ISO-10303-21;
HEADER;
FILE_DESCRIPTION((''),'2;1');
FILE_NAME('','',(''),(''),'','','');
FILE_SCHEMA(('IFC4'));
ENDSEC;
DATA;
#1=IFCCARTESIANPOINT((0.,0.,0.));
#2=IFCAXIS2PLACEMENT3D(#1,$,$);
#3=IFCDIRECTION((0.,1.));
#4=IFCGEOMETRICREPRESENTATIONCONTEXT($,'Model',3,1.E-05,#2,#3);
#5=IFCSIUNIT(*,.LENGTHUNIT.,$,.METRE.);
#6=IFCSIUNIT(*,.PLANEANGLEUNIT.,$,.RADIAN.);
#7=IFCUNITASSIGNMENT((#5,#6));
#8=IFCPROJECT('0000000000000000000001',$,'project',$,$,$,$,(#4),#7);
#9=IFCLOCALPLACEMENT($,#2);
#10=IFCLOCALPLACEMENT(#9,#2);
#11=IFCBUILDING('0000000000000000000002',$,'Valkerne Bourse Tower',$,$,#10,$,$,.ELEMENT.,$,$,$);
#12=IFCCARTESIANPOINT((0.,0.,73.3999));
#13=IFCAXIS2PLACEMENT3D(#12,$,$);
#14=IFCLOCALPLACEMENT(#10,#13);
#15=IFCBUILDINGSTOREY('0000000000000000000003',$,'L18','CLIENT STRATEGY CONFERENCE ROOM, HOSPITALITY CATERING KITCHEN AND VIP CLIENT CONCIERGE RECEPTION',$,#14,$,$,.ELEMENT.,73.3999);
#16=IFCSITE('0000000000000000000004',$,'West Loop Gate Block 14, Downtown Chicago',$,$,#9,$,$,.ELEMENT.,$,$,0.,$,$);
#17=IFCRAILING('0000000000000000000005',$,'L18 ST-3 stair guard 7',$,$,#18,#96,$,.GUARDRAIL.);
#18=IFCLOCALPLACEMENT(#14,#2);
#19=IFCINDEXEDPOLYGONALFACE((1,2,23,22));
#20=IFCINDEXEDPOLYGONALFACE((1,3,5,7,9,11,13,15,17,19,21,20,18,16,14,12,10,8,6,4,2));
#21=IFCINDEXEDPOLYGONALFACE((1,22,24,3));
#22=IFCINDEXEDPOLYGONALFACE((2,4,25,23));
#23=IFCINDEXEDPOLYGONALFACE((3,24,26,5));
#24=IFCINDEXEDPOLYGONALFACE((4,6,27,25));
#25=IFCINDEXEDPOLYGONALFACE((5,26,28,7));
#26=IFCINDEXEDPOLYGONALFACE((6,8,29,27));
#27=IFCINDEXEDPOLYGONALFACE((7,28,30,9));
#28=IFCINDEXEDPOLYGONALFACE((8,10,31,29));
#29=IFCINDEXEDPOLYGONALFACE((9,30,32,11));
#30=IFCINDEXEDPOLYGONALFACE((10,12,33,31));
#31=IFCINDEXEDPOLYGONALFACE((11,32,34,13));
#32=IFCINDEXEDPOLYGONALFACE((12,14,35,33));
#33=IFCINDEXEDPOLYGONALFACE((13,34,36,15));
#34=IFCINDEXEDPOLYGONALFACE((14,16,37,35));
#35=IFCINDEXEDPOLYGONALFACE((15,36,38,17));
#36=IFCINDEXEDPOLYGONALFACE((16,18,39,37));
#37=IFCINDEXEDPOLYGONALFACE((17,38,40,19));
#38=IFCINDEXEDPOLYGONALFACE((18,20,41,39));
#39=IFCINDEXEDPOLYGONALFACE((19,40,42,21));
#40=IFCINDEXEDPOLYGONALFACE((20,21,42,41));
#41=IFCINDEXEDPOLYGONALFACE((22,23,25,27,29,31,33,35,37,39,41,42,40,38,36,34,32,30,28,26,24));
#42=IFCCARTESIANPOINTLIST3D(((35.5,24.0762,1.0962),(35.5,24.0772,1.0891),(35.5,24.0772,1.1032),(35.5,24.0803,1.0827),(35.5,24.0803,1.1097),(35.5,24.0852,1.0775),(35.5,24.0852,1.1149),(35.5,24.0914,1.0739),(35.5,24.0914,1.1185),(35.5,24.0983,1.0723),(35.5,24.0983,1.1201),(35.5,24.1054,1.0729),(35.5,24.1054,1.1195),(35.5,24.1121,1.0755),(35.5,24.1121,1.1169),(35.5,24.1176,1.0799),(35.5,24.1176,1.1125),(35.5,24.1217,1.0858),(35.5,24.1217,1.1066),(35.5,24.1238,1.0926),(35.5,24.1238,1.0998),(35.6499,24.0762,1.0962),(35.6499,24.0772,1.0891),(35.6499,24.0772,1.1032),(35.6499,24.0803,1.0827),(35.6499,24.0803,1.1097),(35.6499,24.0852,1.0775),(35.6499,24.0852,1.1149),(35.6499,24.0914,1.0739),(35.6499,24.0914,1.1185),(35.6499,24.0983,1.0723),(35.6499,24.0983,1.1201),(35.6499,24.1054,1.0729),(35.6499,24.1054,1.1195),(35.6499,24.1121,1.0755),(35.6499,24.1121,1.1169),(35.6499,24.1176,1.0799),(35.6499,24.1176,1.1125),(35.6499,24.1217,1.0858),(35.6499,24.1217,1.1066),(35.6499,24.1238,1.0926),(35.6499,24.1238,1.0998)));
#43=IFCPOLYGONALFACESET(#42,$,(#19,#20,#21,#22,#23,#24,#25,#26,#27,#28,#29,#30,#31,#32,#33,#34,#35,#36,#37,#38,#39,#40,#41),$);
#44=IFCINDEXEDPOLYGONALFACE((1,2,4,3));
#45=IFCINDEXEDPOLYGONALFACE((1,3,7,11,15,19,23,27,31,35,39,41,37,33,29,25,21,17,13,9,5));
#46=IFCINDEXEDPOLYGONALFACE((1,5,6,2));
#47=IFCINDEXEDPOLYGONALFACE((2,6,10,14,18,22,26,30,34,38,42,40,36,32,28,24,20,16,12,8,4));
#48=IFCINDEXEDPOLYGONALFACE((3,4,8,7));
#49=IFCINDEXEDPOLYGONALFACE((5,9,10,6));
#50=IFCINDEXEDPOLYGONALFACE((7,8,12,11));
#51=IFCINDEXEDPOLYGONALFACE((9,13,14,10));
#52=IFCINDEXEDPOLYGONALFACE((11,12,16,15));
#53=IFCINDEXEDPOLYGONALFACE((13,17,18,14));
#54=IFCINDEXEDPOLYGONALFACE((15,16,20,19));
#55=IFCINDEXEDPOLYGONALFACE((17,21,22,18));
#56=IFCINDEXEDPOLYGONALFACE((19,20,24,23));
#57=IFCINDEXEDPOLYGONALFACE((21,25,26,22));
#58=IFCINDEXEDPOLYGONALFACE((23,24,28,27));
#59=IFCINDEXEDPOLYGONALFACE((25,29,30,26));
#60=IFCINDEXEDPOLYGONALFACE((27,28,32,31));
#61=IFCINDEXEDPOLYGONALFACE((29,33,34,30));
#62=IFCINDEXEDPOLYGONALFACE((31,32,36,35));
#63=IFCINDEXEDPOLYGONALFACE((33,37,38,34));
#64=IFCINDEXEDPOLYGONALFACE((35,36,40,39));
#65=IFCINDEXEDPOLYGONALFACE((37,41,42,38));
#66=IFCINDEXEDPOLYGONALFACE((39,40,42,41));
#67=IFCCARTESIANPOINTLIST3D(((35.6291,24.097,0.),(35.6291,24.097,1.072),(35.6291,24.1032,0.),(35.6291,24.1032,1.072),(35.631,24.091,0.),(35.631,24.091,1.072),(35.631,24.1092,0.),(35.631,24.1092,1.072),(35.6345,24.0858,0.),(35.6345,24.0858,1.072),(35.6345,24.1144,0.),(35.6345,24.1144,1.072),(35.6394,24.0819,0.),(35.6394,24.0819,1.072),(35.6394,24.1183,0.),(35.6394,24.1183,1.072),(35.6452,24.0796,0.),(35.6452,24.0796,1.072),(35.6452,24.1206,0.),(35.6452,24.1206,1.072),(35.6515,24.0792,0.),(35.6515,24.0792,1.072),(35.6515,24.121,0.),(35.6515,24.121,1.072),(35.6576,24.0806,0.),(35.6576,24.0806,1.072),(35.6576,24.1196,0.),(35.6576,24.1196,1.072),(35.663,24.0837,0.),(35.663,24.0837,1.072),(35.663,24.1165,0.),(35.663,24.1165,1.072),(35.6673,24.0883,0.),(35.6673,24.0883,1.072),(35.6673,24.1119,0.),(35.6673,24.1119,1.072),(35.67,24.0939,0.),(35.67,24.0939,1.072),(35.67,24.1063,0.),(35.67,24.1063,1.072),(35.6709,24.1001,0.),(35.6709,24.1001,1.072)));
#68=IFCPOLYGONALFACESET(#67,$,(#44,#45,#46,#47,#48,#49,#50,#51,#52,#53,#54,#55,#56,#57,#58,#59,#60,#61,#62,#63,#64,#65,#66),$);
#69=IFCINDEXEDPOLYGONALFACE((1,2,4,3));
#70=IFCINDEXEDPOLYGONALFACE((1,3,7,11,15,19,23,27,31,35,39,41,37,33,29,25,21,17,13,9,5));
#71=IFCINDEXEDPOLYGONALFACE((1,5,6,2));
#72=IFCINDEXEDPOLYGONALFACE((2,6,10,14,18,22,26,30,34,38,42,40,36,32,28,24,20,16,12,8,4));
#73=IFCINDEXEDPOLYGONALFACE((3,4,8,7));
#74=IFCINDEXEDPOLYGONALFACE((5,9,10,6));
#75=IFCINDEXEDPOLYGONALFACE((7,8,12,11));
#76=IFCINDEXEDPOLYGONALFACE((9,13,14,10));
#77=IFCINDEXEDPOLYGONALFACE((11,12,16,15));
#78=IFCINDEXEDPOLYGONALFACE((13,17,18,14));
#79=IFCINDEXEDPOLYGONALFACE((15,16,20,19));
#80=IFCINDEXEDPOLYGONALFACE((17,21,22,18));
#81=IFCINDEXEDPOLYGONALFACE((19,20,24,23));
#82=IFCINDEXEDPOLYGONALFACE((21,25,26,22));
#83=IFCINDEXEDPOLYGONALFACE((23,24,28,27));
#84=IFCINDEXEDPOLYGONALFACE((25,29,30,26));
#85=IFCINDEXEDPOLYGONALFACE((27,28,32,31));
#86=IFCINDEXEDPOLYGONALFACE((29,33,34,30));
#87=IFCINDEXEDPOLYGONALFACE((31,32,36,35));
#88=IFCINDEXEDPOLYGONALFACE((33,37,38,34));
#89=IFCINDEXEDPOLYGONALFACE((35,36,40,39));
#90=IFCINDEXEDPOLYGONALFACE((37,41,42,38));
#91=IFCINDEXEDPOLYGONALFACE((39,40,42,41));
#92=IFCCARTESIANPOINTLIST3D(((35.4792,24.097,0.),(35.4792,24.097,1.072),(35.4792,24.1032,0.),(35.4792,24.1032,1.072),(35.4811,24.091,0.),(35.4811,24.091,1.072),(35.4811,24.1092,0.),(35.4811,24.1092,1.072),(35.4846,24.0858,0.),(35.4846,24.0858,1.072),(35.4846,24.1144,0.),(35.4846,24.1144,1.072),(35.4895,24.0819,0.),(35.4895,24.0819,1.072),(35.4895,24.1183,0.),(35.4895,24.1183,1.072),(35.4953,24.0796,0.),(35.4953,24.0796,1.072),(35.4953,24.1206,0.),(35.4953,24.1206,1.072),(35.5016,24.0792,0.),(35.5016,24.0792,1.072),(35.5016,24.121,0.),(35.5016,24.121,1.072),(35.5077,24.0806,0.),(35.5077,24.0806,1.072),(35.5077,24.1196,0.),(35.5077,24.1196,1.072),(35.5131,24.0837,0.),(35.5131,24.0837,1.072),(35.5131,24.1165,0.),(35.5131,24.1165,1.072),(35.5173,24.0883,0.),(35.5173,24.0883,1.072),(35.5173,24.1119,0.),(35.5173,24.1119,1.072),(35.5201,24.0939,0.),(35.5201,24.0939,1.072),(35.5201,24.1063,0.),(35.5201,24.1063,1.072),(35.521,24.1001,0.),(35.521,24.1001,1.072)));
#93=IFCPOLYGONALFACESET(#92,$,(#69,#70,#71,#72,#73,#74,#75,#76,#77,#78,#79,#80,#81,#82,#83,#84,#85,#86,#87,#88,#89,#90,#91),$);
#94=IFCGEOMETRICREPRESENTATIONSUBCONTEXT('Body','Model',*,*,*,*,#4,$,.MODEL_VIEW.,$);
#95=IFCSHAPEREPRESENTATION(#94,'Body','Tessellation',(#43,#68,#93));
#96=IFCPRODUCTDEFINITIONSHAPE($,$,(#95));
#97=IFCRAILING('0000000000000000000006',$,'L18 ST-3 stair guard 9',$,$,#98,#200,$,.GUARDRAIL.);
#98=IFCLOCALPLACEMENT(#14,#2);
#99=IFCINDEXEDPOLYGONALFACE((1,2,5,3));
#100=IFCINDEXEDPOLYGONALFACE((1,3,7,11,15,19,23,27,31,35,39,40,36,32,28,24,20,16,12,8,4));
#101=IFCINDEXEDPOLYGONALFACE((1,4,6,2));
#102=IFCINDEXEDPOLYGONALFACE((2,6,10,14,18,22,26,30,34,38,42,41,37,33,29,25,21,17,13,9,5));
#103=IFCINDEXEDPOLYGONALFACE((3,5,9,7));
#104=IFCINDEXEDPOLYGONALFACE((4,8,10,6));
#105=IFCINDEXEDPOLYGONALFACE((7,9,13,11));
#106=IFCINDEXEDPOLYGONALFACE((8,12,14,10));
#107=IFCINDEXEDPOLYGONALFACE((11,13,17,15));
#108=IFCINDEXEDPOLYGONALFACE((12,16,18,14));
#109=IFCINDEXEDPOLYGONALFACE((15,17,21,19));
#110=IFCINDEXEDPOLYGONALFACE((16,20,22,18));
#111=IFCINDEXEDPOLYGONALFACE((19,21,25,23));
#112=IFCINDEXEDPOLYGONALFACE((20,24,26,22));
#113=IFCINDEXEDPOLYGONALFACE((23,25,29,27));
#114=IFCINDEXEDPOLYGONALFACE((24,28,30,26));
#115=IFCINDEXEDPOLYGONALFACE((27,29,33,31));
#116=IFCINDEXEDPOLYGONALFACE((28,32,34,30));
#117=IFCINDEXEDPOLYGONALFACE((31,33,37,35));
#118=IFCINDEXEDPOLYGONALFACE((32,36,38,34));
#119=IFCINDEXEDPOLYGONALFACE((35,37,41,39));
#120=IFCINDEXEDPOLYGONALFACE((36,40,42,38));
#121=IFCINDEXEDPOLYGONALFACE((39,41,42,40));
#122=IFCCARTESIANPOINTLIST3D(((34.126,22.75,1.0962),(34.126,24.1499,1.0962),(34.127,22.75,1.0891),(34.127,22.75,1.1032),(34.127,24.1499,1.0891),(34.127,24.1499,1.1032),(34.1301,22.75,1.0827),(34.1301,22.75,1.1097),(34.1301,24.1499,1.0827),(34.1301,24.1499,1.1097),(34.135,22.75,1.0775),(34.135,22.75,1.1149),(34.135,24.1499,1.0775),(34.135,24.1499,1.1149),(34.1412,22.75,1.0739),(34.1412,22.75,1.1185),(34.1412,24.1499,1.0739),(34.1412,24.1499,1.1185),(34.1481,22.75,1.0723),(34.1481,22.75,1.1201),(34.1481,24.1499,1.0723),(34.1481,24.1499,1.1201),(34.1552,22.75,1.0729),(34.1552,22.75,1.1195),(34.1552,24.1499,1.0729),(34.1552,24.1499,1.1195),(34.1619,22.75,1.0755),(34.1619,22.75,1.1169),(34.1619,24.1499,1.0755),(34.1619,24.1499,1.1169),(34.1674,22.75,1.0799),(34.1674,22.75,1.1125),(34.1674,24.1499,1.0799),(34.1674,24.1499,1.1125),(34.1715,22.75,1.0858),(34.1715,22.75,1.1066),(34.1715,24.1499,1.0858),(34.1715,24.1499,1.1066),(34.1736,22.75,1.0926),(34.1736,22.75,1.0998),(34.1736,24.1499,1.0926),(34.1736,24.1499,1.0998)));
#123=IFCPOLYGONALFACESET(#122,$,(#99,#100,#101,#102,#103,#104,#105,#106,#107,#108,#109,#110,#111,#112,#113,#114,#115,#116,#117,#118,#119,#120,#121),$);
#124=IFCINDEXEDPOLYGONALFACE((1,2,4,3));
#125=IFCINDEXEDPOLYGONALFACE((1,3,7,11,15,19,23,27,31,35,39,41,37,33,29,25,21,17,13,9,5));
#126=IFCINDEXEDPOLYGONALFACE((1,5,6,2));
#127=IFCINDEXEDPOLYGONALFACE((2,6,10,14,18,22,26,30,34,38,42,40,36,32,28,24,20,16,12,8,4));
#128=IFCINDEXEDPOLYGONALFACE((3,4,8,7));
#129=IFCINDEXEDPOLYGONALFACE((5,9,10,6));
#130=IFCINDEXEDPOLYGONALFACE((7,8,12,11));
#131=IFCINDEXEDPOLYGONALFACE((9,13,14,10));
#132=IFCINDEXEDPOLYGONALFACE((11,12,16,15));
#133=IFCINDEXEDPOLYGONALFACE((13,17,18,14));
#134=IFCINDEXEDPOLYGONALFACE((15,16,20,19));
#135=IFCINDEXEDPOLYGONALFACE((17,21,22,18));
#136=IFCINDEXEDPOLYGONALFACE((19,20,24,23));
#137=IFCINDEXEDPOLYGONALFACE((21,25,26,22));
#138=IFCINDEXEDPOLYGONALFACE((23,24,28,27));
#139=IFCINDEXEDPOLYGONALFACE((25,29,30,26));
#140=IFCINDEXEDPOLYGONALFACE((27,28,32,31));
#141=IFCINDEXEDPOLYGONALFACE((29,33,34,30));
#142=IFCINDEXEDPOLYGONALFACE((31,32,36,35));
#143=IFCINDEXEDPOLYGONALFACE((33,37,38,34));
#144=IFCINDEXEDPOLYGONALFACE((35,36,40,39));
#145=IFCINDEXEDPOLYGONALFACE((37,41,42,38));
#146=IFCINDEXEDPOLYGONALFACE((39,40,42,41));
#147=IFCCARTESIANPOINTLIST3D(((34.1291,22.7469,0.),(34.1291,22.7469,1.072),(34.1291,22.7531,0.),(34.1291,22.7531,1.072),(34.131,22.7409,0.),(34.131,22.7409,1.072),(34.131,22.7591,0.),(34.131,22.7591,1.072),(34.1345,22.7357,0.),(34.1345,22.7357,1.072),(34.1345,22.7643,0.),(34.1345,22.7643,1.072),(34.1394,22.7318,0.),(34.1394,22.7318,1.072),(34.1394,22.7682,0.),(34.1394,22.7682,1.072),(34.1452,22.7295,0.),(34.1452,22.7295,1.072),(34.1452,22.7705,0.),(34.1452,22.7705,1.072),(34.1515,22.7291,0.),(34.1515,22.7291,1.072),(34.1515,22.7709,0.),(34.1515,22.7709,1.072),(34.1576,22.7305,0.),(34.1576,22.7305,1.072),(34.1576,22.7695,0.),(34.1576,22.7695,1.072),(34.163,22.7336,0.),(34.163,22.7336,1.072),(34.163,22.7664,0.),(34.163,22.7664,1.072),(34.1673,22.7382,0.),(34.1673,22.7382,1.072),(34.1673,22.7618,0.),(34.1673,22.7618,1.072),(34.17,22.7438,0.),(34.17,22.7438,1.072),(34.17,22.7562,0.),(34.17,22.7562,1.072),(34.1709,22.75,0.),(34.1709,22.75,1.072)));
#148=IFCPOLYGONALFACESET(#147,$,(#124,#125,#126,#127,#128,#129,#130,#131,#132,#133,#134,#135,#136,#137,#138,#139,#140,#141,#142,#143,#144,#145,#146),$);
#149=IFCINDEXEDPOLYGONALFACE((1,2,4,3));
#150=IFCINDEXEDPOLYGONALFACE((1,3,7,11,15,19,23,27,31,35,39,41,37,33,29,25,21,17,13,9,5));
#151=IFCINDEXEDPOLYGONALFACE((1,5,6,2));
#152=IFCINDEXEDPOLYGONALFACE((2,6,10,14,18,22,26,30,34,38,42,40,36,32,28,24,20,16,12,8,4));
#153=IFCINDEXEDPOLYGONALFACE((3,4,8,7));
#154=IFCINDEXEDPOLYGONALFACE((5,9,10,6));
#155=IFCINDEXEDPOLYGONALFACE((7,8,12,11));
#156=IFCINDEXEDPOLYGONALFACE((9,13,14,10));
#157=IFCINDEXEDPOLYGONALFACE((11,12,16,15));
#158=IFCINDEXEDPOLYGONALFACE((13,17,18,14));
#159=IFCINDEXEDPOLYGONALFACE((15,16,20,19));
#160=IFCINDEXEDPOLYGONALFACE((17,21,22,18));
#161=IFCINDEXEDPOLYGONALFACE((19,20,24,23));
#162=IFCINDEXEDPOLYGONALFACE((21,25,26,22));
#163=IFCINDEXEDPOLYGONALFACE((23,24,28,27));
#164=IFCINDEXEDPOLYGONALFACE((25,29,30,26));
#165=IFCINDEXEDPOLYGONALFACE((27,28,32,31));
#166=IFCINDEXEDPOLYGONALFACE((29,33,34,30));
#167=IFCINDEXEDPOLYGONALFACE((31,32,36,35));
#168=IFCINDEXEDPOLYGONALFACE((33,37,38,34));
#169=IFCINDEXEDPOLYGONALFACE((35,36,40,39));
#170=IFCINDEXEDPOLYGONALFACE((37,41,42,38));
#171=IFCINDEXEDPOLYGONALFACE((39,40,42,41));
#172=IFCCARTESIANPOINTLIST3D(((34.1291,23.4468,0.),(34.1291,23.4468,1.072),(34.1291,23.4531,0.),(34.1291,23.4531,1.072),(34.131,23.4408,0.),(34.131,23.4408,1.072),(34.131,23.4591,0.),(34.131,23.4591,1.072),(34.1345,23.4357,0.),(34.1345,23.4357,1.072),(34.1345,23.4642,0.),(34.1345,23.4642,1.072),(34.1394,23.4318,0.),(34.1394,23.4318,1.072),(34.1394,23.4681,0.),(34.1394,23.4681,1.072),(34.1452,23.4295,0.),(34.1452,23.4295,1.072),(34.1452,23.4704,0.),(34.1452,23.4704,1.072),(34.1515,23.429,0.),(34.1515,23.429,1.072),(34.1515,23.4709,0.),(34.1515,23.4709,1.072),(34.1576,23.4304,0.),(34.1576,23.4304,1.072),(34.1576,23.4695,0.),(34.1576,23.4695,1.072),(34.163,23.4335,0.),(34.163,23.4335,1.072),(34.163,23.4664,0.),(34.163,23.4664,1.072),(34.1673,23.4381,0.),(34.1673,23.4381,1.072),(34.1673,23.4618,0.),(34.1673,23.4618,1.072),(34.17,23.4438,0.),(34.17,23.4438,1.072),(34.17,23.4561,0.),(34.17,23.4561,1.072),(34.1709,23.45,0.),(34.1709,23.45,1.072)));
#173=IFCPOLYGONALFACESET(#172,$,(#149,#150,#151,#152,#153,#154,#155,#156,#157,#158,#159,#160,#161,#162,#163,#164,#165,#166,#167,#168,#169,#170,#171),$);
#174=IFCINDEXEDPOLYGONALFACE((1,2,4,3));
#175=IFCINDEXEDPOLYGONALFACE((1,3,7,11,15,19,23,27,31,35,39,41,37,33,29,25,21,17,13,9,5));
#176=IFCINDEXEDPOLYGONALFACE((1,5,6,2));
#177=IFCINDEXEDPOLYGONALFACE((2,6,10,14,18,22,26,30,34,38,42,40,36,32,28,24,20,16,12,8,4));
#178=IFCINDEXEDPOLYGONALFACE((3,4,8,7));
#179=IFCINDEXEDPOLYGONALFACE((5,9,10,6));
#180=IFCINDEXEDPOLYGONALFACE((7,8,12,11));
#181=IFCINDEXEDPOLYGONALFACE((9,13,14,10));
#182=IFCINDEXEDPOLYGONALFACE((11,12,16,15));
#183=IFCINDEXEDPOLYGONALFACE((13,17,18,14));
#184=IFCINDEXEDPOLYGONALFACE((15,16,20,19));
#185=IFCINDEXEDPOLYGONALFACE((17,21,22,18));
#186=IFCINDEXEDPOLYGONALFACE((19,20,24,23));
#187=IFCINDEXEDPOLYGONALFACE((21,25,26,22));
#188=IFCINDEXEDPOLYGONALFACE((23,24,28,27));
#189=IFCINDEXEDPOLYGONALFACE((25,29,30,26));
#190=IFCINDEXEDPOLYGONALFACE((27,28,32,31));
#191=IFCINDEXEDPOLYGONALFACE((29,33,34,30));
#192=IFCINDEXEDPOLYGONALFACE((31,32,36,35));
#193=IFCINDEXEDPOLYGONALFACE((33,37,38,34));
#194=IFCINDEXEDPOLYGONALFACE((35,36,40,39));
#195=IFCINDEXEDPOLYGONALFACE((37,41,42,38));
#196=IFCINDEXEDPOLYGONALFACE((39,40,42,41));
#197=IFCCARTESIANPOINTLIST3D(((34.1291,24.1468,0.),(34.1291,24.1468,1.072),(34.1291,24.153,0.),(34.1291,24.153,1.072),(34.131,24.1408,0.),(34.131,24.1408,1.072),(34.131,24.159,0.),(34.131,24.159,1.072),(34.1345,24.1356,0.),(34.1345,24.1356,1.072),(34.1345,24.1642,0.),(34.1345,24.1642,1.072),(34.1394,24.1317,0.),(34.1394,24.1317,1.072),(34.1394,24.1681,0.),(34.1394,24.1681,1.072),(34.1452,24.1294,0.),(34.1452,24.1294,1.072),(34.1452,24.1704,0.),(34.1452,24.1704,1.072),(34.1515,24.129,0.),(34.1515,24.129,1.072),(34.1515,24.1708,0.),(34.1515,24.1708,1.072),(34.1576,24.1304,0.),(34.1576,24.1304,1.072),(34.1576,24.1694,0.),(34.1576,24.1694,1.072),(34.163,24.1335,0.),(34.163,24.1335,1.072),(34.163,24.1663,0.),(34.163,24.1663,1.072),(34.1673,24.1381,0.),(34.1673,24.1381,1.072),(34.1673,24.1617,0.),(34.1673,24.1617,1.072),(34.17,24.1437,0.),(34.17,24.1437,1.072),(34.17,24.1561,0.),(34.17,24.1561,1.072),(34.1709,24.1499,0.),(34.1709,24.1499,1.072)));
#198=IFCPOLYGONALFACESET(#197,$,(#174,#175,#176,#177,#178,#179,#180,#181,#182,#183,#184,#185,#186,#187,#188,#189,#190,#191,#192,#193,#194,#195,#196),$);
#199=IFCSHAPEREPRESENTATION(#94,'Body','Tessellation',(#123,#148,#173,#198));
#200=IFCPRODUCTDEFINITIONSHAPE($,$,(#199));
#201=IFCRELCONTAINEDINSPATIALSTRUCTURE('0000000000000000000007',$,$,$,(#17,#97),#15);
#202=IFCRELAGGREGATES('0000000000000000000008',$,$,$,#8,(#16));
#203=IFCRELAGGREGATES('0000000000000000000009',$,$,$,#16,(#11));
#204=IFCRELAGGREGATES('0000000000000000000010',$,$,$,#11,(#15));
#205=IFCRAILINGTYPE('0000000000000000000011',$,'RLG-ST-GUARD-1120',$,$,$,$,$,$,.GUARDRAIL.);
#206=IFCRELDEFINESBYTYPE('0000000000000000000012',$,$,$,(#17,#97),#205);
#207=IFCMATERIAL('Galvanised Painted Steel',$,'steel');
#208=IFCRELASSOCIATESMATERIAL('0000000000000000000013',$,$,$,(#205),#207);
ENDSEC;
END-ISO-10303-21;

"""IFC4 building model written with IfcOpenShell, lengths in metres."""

from ifc_helpers import new_model, si_unit, direction, frame, origin, origin_2d, place, context, subcontext, project, spatial, circle, extrude, material, type_object, element, save


model = new_model("IFC4")

# Units and contexts
model_context = context("Model", 3, precision=1e-05, world=origin(), true_north=direction((0.0, 1.0)))
body_context = subcontext(model_context, "Body", "Model", "MODEL_VIEW")
ifc_project = project(units=[si_unit("LENGTHUNIT", "METRE"), si_unit("PLANEANGLEUNIT", "RADIAN")], contexts=[model_context])

# Site, building, storey
site_placement = place(None, origin())
site = spatial("IfcSite", under=ifc_project, at=site_placement, Name="West Loop Gate Block 14, Downtown Chicago", CompositionType="ELEMENT", RefElevation=0.0)
building_placement = place(site_placement, origin())
building = spatial("IfcBuilding", under=site, at=building_placement, Name="Valkerne Bourse Tower", CompositionType="ELEMENT")
storey_placement = place(building_placement, frame((0.0, 0.0, 73.3999)))
storey = spatial("IfcBuildingStorey", under=building, at=storey_placement, Name="L18", Description="CLIENT STRATEGY CONFERENCE ROOM, HOSPITALITY CATERING KITCHEN AND VIP CLIENT CONCIERGE RECEPTION", CompositionType="ELEMENT", Elevation=73.3999)

# Shared definitions
ifc_material_1 = material(Name="Galvanised Painted Steel", Category="steel")

# Railings
railing_type = type_object("IfcRailingType", Name="RLG-ST-GUARD-1120", PredefinedType="GUARDRAIL", material=ifc_material_1)
railing_1_placement = place(storey_placement, frame((35.6499, 24.1001, 0.0)))
element("IfcRailing", 1, at=railing_1_placement, inside=storey, type_object=railing_type, Name="L18 ST-3 stair guard 7", PredefinedType="GUARDRAIL", context=body_context, shape_type="SweptSolid", body=[
    extrude(circle(Radius=0.0239, at=origin_2d()), frame((0.0, 0.0, 1.0962), z_axis=(-1.0, 0.0, 0.0), x_axis=(0.0, -1.0, 0.0)), (0.0, 0.0, 1.0), 0.1499),
    extrude(circle(Radius=0.021, at=origin_2d()), origin(), (0.0, 0.0, 1.0), 1.072),
    extrude(circle(Radius=0.021, at=origin_2d()), frame((-0.1499, 0.0, 0.0)), (0.0, 0.0, 1.0), 1.072),
])
railing_2_placement = place(storey_placement, frame((34.1499, 22.75, 0.0)))
element("IfcRailing", 2, at=railing_2_placement, inside=storey, type_object=railing_type, Name="L18 ST-3 stair guard 9", PredefinedType="GUARDRAIL", context=body_context, shape_type="SweptSolid", body=[
    extrude(circle(Radius=0.0239, at=origin_2d()), frame((0.0, 0.0, 1.0962), z_axis=(0.0, 1.0, 0.0), x_axis=(-1.0, 0.0, 0.0)), (0.0, 0.0, 1.0), 1.3999),
    extrude(circle(Radius=0.021, at=origin_2d()), origin(), (0.0, 0.0, 1.0), 1.072),
    extrude(circle(Radius=0.021, at=origin_2d()), frame((0.0, 0.7, 0.0)), (0.0, 0.0, 1.0), 1.072),
    extrude(circle(Radius=0.021, at=origin_2d()), frame((0.0, 1.3999, 0.0)), (0.0, 0.0, 1.0), 1.072),
])

save(model, "model.ifc")
